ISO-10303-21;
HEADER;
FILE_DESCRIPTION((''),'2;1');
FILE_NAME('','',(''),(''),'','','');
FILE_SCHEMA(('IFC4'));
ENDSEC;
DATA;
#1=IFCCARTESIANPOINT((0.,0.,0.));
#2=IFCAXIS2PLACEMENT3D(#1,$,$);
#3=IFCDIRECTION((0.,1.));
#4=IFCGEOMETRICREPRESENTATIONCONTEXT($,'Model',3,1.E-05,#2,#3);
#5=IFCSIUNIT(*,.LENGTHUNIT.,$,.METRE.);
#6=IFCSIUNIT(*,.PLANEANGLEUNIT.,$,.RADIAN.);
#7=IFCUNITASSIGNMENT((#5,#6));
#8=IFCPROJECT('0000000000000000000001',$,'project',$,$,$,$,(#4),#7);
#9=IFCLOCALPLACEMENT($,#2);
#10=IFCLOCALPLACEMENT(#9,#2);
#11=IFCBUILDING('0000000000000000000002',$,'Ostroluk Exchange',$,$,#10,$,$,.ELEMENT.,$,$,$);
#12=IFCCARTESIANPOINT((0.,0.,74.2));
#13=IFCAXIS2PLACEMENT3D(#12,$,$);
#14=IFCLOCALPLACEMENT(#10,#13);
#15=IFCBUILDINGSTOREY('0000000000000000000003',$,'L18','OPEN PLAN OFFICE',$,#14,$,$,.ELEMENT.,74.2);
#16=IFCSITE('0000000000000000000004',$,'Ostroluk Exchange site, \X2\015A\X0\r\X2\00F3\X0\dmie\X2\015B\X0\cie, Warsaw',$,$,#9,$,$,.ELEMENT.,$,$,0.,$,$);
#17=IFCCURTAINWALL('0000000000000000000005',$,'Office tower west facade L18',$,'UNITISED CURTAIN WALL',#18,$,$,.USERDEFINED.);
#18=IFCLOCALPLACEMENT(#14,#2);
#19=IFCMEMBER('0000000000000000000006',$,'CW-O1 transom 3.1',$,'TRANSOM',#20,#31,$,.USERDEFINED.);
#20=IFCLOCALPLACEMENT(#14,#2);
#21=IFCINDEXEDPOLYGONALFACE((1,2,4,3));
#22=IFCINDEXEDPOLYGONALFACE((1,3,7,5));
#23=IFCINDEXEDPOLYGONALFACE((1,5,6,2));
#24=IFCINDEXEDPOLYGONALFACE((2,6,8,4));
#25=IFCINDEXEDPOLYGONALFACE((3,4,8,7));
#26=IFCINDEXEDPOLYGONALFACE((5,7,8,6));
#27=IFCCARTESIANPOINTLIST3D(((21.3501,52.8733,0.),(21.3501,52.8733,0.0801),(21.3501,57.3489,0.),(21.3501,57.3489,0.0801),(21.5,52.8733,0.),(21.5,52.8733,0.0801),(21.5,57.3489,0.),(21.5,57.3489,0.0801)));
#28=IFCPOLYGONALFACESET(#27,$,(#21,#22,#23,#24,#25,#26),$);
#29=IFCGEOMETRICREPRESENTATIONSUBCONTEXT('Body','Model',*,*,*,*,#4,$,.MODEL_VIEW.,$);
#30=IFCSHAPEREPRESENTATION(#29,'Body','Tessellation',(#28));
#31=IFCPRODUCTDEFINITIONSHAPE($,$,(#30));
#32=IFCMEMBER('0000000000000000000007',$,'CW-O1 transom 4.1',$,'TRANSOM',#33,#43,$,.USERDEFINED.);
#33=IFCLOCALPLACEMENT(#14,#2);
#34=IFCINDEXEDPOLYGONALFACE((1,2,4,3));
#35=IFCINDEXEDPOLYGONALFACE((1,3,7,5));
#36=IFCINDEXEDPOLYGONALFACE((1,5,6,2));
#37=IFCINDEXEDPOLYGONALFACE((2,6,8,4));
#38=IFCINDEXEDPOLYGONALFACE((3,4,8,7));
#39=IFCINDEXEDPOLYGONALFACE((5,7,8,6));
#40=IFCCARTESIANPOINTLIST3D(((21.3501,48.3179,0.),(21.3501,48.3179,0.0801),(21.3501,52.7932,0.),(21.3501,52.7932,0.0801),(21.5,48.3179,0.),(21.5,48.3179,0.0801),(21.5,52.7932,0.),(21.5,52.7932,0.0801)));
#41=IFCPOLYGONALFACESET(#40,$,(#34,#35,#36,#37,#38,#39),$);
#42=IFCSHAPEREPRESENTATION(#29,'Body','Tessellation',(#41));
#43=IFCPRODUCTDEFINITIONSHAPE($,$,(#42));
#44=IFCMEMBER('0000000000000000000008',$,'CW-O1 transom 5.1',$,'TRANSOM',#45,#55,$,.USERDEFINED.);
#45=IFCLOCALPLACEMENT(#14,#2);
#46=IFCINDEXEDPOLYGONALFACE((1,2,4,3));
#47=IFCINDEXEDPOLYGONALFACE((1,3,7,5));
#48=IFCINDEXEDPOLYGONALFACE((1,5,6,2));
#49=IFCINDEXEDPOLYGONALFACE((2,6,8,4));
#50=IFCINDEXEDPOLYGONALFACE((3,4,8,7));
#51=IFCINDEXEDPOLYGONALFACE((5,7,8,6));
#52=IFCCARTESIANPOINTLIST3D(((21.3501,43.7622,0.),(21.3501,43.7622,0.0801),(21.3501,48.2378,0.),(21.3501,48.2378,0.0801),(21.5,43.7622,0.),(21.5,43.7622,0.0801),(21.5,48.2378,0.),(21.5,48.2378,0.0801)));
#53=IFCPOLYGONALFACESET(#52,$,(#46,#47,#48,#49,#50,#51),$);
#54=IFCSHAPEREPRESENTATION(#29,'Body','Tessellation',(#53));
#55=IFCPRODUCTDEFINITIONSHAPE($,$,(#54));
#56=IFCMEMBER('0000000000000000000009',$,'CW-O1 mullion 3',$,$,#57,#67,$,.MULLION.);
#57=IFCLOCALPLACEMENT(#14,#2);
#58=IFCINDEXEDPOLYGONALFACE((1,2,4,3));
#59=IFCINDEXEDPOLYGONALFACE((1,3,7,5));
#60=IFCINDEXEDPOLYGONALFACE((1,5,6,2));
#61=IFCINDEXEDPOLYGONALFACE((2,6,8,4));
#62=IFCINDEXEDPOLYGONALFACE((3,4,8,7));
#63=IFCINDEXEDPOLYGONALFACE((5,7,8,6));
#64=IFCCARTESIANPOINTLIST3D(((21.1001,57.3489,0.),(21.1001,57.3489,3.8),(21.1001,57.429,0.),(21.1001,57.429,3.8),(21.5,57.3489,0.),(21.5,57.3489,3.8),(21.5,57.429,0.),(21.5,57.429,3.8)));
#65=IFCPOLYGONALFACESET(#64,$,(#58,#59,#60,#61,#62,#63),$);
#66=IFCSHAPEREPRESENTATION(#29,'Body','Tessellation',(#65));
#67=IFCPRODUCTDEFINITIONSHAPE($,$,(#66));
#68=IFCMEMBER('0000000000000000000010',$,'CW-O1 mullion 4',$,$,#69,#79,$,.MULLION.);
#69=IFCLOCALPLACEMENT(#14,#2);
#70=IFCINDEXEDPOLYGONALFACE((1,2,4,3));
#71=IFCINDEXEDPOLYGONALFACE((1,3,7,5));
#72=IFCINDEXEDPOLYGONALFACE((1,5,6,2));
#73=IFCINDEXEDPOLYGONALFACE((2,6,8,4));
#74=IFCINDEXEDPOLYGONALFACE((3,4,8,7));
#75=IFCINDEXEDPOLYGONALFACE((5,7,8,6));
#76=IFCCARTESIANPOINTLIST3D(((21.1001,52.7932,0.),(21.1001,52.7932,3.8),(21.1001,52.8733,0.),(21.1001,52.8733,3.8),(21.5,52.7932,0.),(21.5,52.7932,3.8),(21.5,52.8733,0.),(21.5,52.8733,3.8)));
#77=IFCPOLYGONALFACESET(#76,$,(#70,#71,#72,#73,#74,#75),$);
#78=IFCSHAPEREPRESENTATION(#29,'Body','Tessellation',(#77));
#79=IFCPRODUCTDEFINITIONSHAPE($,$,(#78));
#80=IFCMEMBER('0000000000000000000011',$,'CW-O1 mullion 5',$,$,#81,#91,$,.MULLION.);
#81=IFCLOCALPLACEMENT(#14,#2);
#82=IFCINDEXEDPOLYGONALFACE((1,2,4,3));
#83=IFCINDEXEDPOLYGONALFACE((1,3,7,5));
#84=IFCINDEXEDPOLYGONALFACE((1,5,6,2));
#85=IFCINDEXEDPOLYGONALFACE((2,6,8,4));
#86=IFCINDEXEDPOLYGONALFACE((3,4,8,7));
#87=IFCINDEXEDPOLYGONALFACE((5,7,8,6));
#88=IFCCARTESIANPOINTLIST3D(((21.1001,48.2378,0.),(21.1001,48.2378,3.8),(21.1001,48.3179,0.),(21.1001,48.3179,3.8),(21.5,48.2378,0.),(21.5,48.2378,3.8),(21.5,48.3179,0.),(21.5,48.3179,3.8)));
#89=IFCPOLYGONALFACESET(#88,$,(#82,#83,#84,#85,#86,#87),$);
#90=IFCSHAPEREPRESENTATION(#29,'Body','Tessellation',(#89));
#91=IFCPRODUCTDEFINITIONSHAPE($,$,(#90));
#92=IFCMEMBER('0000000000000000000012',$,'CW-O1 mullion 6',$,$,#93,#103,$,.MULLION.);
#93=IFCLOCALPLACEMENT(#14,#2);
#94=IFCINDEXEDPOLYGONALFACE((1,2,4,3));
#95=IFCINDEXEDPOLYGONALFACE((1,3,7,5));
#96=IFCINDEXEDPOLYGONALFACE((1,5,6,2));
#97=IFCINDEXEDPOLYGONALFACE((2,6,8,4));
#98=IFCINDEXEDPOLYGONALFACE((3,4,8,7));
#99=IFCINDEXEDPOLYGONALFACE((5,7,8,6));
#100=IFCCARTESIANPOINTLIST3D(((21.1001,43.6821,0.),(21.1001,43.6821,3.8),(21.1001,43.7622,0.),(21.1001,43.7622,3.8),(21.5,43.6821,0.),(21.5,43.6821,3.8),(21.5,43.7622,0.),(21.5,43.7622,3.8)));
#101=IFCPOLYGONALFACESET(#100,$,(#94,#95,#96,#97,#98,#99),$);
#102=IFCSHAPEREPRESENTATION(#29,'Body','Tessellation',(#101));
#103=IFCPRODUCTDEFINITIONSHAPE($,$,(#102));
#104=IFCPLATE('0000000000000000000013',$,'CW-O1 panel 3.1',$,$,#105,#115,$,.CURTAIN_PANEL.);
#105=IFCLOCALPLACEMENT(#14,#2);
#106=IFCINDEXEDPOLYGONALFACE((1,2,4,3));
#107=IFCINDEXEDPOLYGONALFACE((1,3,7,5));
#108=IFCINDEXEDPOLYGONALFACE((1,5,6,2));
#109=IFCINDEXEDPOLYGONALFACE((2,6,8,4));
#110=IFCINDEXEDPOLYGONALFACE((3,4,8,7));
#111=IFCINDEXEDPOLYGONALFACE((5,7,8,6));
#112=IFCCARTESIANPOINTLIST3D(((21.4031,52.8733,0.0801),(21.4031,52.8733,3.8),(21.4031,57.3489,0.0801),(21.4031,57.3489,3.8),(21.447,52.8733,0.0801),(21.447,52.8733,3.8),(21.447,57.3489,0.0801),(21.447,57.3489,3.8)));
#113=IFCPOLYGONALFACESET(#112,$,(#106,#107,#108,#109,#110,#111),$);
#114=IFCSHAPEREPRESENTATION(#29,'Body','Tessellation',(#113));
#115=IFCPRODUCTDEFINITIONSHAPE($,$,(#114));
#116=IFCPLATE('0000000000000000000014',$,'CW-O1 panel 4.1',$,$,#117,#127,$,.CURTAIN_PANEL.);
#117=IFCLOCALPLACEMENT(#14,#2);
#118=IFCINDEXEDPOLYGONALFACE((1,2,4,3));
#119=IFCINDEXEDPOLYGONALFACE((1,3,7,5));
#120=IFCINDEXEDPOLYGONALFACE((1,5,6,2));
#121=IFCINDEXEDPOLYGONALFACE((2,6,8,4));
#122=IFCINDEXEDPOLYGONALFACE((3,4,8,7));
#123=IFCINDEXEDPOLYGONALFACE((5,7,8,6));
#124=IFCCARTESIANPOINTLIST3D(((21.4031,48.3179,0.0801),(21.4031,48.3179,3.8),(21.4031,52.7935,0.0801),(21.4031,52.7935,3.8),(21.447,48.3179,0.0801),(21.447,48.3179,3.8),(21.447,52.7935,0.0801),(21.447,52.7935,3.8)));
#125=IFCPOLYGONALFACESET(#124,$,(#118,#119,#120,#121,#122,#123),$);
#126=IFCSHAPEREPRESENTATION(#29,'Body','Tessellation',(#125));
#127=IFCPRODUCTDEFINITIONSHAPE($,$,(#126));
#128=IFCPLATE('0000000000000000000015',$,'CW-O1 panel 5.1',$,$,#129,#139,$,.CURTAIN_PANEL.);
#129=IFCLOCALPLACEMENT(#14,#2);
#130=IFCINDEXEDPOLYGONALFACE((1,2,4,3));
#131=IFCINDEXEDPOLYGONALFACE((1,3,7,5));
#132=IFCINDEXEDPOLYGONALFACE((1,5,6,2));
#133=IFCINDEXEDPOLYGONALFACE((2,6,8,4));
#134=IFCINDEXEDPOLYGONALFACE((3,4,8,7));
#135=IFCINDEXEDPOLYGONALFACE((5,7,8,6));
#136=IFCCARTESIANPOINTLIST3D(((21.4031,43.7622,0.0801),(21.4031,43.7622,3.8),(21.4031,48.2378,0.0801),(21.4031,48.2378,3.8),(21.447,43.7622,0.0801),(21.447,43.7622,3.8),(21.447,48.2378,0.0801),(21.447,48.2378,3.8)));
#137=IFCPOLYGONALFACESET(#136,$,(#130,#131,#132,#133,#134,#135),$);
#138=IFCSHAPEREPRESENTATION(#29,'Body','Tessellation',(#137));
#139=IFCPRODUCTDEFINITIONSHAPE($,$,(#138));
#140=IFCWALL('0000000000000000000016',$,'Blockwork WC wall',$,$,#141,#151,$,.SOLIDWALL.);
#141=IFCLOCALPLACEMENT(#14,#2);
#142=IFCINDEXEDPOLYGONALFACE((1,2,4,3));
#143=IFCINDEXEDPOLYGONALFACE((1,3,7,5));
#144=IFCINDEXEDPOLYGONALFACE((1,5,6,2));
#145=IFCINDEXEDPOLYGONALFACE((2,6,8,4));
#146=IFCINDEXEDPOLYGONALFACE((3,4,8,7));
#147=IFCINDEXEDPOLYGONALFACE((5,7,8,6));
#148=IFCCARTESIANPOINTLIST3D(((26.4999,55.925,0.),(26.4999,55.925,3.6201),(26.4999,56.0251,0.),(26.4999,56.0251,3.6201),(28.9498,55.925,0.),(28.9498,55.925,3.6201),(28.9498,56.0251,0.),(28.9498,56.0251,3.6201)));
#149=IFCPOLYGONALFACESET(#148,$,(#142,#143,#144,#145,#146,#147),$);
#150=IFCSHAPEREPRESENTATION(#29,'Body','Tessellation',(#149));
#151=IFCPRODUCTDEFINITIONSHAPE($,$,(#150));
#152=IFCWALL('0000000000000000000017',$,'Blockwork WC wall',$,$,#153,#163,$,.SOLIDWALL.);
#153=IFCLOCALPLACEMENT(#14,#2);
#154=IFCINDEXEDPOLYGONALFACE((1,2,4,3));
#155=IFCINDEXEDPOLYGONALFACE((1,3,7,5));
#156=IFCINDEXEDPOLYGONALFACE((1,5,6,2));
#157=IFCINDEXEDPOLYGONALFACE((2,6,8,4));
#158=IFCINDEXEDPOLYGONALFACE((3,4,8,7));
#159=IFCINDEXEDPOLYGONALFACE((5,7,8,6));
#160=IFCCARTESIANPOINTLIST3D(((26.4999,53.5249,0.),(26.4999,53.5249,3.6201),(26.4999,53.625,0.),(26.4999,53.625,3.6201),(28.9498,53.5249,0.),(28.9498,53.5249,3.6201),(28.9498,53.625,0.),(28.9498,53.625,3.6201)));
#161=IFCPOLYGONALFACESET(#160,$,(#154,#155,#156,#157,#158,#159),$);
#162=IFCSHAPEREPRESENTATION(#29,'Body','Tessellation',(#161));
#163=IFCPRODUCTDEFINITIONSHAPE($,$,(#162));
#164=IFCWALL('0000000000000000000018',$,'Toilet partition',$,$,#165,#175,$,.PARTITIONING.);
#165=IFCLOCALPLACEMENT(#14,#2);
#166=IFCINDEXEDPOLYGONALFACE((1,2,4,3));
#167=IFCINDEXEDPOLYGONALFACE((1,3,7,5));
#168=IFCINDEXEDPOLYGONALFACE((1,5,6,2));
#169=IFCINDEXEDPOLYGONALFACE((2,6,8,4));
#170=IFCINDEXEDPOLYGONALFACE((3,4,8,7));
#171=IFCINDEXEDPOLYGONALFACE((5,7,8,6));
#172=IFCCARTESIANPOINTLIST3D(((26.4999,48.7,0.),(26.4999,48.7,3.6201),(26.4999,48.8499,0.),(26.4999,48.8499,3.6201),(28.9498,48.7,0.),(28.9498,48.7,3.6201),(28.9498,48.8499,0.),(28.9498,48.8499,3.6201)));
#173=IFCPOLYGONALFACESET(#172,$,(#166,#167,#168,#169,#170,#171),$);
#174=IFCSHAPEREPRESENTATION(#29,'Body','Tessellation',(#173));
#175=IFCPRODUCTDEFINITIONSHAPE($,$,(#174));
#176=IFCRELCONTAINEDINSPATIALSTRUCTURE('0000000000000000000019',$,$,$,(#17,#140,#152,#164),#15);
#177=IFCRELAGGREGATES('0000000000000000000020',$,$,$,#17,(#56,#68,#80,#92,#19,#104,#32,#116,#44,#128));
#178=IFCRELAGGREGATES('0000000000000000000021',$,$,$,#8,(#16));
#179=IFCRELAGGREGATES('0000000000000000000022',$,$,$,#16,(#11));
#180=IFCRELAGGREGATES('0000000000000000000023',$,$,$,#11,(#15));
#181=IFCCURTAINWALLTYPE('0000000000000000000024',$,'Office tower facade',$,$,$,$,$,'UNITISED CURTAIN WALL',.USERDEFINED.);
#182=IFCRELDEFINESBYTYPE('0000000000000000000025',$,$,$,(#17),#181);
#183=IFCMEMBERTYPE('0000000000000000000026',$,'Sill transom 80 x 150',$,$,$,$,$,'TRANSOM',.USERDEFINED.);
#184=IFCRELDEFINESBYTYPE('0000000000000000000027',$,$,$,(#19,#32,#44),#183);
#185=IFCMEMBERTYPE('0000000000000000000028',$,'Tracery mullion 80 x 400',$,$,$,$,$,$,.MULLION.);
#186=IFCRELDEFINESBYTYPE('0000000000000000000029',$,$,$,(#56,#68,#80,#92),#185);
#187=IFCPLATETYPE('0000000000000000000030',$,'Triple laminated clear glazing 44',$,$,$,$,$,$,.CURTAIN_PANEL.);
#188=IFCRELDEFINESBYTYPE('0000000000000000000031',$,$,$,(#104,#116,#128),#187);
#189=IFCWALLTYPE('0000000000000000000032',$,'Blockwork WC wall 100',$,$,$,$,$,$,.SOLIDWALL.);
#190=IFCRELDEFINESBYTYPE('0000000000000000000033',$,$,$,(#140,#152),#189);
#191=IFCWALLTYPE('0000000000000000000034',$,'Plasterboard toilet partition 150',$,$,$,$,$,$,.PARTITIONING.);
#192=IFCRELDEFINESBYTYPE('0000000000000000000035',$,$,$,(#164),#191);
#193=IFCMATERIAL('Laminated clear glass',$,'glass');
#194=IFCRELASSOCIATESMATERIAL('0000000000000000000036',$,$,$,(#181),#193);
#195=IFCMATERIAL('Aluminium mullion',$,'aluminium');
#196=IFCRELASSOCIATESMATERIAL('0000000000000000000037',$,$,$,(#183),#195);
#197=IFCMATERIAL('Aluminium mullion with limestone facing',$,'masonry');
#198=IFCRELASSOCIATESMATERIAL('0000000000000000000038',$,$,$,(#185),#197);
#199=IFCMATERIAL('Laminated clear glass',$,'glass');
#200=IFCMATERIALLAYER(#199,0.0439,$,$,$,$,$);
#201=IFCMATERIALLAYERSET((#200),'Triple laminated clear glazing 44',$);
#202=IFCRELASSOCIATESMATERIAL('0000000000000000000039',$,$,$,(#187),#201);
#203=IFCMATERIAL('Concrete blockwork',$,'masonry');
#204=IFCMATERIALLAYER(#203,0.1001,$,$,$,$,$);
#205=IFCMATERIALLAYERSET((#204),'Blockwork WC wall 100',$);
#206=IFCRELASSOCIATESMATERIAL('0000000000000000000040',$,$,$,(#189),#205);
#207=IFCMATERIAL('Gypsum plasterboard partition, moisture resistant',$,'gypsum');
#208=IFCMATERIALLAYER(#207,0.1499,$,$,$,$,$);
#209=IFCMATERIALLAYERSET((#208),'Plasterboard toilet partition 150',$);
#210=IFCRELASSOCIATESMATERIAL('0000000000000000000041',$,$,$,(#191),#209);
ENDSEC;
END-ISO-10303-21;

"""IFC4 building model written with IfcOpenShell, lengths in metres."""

from ifc_helpers import new_model, si_unit, direction, frame, frame_2d, origin, origin_2d, place, context, subcontext, project, spatial, rectangle, extrude, material, layer, layer_set, material_profile, profile_set, type_object, element, aggregate, save


model = new_model("IFC4")

# Units and contexts
model_context = context("Model", 3, precision=1e-05, world=origin(), true_north=direction((0.0, 1.0)))
body_context = subcontext(model_context, "Body", "Model", "MODEL_VIEW")
ifc_project = project(units=[si_unit("LENGTHUNIT", "METRE"), si_unit("PLANEANGLEUNIT", "RADIAN")], contexts=[model_context])

# Site, building, storey
site_placement = place(None, origin())
site = spatial("IfcSite", under=ifc_project, at=site_placement, Name="Ostroluk Exchange site, Śródmieście, Warsaw", CompositionType="ELEMENT", RefElevation=0.0)
building_placement = place(site_placement, origin())
building = spatial("IfcBuilding", under=site, at=building_placement, Name="Ostroluk Exchange", CompositionType="ELEMENT")
storey_placement = place(building_placement, frame((0.0, 0.0, 74.2)))
storey = spatial("IfcBuildingStorey", under=building, at=storey_placement, Name="L18", Description="OPEN PLAN OFFICE", CompositionType="ELEMENT", Elevation=74.2)

# Curtain wall, members, plates
ifc_material_1 = material(Name="Laminated clear glass", Category="glass")
curtain_wall_type = type_object("IfcCurtainWallType", Name="Office tower facade", ElementType="UNITISED CURTAIN WALL", PredefinedType="USERDEFINED", material=ifc_material_1)
curtain_wall_placement = place(storey_placement, origin())
curtain_wall = element("IfcCurtainWall", 1, at=curtain_wall_placement, inside=storey, type_object=curtain_wall_type, Name="Office tower west facade L18", ObjectType="UNITISED CURTAIN WALL", PredefinedType="USERDEFINED")
ifc_material_2 = material(Name="Aluminium mullion", Category="aluminium")
ifc_material_profile_1 = material_profile(ifc_material_2, rectangle(XDim=0.1499, YDim=0.0801, at=origin_2d()), Name="Sill transom 80 x 150")
ifc_profile_set_1 = profile_set([ifc_material_profile_1], Name="Aluminium mullion")
member_type_1 = type_object("IfcMemberType", Name="Sill transom 80 x 150", ElementType="TRANSOM", PredefinedType="USERDEFINED", material=ifc_profile_set_1)
member_1_placement = place(storey_placement, frame((21.425, 57.3489, 0.04), z_axis=(0.0, -1.0, 0.0), x_axis=(1.0, 0.0, 0.0)))
member_1 = element("IfcMember", 2, at=member_1_placement, type_object=member_type_1, Name="CW-O1 transom 3.1", ObjectType="TRANSOM", PredefinedType="USERDEFINED", context=body_context, shape_type="SweptSolid", body=[
    extrude(rectangle(XDim=0.1499, YDim=0.0801, at=origin_2d()), origin(), (0.0, 0.0, 1.0), 4.4756),
])
member_2_placement = place(storey_placement, frame((21.425, 52.7932, 0.04), z_axis=(0.0, -1.0, 0.0), x_axis=(1.0, 0.0, 0.0)))
member_2 = element("IfcMember", 3, at=member_2_placement, type_object=member_type_1, Name="CW-O1 transom 4.1", ObjectType="TRANSOM", PredefinedType="USERDEFINED", context=body_context, shape_type="SweptSolid", body=[
    extrude(rectangle(XDim=0.1499, YDim=0.0801, at=origin_2d()), origin(), (0.0, 0.0, 1.0), 4.4753),
])
member_3_placement = place(storey_placement, frame((21.425, 48.2378, 0.04), z_axis=(0.0, -1.0, 0.0), x_axis=(1.0, 0.0, 0.0)))
member_3 = element("IfcMember", 4, at=member_3_placement, type_object=member_type_1, Name="CW-O1 transom 5.1", ObjectType="TRANSOM", PredefinedType="USERDEFINED", context=body_context, shape_type="SweptSolid", body=[
    extrude(rectangle(XDim=0.1499, YDim=0.0801, at=origin_2d()), origin(), (0.0, 0.0, 1.0), 4.4756),
])
ifc_material_3 = material(Name="Aluminium mullion with limestone facing", Category="masonry")
ifc_material_profile_2 = material_profile(ifc_material_3, rectangle(XDim=0.3999, YDim=0.0801, at=origin_2d()), Name="Tracery mullion 80 x 400")
ifc_profile_set_2 = profile_set([ifc_material_profile_2], Name="Aluminium mullion with limestone facing")
member_type_2 = type_object("IfcMemberType", Name="Tracery mullion 80 x 400", PredefinedType="MULLION", material=ifc_profile_set_2)
member_4_placement = place(storey_placement, frame((21.3, 57.3889, 0.0), z_axis=(0.0, 0.0, 1.0), x_axis=(1.0, 0.0, 0.0)))
member_4 = element("IfcMember", 5, at=member_4_placement, type_object=member_type_2, Name="CW-O1 mullion 3", PredefinedType="MULLION", context=body_context, shape_type="SweptSolid", body=[
    extrude(rectangle(XDim=0.3999, YDim=0.0801, at=origin_2d()), origin(), (0.0, 0.0, 1.0), 3.8),
])
member_5_placement = place(storey_placement, frame((21.3, 52.8333, 0.0), z_axis=(0.0, 0.0, 1.0), x_axis=(1.0, 0.0, 0.0)))
member_5 = element("IfcMember", 6, at=member_5_placement, type_object=member_type_2, Name="CW-O1 mullion 4", PredefinedType="MULLION", context=body_context, shape_type="SweptSolid", body=[
    extrude(rectangle(XDim=0.3999, YDim=0.0801, at=origin_2d()), origin(), (0.0, 0.0, 1.0), 3.8),
])
member_6_placement = place(storey_placement, frame((21.3, 48.2778, 0.0), z_axis=(0.0, 0.0, 1.0), x_axis=(1.0, 0.0, 0.0)))
member_6 = element("IfcMember", 7, at=member_6_placement, type_object=member_type_2, Name="CW-O1 mullion 5", PredefinedType="MULLION", context=body_context, shape_type="SweptSolid", body=[
    extrude(rectangle(XDim=0.3999, YDim=0.0801, at=origin_2d()), origin(), (0.0, 0.0, 1.0), 3.8),
])
member_7_placement = place(storey_placement, frame((21.3, 43.7222, 0.0), z_axis=(0.0, 0.0, 1.0), x_axis=(1.0, 0.0, 0.0)))
member_7 = element("IfcMember", 8, at=member_7_placement, type_object=member_type_2, Name="CW-O1 mullion 6", PredefinedType="MULLION", context=body_context, shape_type="SweptSolid", body=[
    extrude(rectangle(XDim=0.3999, YDim=0.0801, at=origin_2d()), origin(), (0.0, 0.0, 1.0), 3.8),
])
ifc_material_4 = material(Name="Laminated clear glass", Category="glass")
ifc_layer_1 = layer(ifc_material_4, 0.0439)
ifc_layer_set_1 = layer_set([ifc_layer_1], Name="Triple laminated clear glazing 44")
plate_type = type_object("IfcPlateType", Name="Triple laminated clear glazing 44", PredefinedType="CURTAIN_PANEL", material=ifc_layer_set_1)
plate_1_placement = place(storey_placement, frame((21.425, 55.1111, 0.0801), z_axis=(0.0, 0.0, 1.0), x_axis=(0.0, -1.0, 0.0)))
plate_1 = element("IfcPlate", 9, at=plate_1_placement, type_object=plate_type, Name="CW-O1 panel 3.1", PredefinedType="CURTAIN_PANEL", context=body_context, shape_type="SweptSolid", body=[
    extrude(rectangle(XDim=4.4756, YDim=0.0439, at=origin_2d()), origin(), (0.0, 0.0, 1.0), 3.72),
])
plate_2_placement = place(storey_placement, frame((21.425, 50.5557, 0.0801), z_axis=(0.0, 0.0, 1.0), x_axis=(0.0, -1.0, 0.0)))
plate_2 = element("IfcPlate", 10, at=plate_2_placement, type_object=plate_type, Name="CW-O1 panel 4.1", PredefinedType="CURTAIN_PANEL", context=body_context, shape_type="SweptSolid", body=[
    extrude(rectangle(XDim=4.4756, YDim=0.0439, at=origin_2d()), origin(), (0.0, 0.0, 1.0), 3.72),
])
plate_3_placement = place(storey_placement, frame((21.425, 46.0, 0.0801), z_axis=(0.0, 0.0, 1.0), x_axis=(0.0, -1.0, 0.0)))
plate_3 = element("IfcPlate", 11, at=plate_3_placement, type_object=plate_type, Name="CW-O1 panel 5.1", PredefinedType="CURTAIN_PANEL", context=body_context, shape_type="SweptSolid", body=[
    extrude(rectangle(XDim=4.4756, YDim=0.0439, at=origin_2d()), origin(), (0.0, 0.0, 1.0), 3.72),
])
aggregate(curtain_wall, [member_4, member_5, member_6, member_7, member_1, plate_1, member_2, plate_2, member_3, plate_3])

# Walls
ifc_material_5 = material(Name="Concrete blockwork", Category="masonry")
ifc_layer_2 = layer(ifc_material_5, 0.1001)
ifc_layer_set_2 = layer_set([ifc_layer_2], Name="Blockwork WC wall 100")
wall_type_1 = type_object("IfcWallType", Name="Blockwork WC wall 100", PredefinedType="SOLIDWALL", material=ifc_layer_set_2)
for number, where, z_axis, x_axis, name in (
    (12, (28.95, 55.9751, 0.0), (0.0, 0.0, 1.0), (-1.0, 0.0, 0.0), "Blockwork WC wall"),
    (13, (28.95, 53.575, 0.0), (0.0, 0.0, 1.0), (-1.0, 0.0, 0.0), "Blockwork WC wall"),
):
    element("IfcWall", number, at=place(storey_placement, frame(where, z_axis=z_axis, x_axis=x_axis)), inside=storey, type_object=wall_type_1, Name=name, PredefinedType="SOLIDWALL", context=body_context, shape_type="SweptSolid", body=[
        extrude(rectangle(XDim=2.45, YDim=0.1001, at=frame_2d((1.2251, 0.0))), origin(), (0.0, 0.0, 1.0), 3.6201),
    ])
ifc_material_6 = material(Name="Gypsum plasterboard partition, moisture resistant", Category="gypsum")
ifc_layer_3 = layer(ifc_material_6, 0.1499)
ifc_layer_set_3 = layer_set([ifc_layer_3], Name="Plasterboard toilet partition 150")
wall_type_2 = type_object("IfcWallType", Name="Plasterboard toilet partition 150", PredefinedType="PARTITIONING", material=ifc_layer_set_3)
wall_placement = place(storey_placement, frame((28.95, 48.7749, 0.0), z_axis=(0.0, 0.0, 1.0), x_axis=(-1.0, 0.0, 0.0)))
element("IfcWall", 14, at=wall_placement, inside=storey, type_object=wall_type_2, Name="Toilet partition", PredefinedType="PARTITIONING", context=body_context, shape_type="SweptSolid", body=[
    extrude(rectangle(XDim=2.45, YDim=0.1499, at=frame_2d((1.2251, 0.0))), origin(), (0.0, 0.0, 1.0), 3.6201),
])

save(model, "model.ifc")
